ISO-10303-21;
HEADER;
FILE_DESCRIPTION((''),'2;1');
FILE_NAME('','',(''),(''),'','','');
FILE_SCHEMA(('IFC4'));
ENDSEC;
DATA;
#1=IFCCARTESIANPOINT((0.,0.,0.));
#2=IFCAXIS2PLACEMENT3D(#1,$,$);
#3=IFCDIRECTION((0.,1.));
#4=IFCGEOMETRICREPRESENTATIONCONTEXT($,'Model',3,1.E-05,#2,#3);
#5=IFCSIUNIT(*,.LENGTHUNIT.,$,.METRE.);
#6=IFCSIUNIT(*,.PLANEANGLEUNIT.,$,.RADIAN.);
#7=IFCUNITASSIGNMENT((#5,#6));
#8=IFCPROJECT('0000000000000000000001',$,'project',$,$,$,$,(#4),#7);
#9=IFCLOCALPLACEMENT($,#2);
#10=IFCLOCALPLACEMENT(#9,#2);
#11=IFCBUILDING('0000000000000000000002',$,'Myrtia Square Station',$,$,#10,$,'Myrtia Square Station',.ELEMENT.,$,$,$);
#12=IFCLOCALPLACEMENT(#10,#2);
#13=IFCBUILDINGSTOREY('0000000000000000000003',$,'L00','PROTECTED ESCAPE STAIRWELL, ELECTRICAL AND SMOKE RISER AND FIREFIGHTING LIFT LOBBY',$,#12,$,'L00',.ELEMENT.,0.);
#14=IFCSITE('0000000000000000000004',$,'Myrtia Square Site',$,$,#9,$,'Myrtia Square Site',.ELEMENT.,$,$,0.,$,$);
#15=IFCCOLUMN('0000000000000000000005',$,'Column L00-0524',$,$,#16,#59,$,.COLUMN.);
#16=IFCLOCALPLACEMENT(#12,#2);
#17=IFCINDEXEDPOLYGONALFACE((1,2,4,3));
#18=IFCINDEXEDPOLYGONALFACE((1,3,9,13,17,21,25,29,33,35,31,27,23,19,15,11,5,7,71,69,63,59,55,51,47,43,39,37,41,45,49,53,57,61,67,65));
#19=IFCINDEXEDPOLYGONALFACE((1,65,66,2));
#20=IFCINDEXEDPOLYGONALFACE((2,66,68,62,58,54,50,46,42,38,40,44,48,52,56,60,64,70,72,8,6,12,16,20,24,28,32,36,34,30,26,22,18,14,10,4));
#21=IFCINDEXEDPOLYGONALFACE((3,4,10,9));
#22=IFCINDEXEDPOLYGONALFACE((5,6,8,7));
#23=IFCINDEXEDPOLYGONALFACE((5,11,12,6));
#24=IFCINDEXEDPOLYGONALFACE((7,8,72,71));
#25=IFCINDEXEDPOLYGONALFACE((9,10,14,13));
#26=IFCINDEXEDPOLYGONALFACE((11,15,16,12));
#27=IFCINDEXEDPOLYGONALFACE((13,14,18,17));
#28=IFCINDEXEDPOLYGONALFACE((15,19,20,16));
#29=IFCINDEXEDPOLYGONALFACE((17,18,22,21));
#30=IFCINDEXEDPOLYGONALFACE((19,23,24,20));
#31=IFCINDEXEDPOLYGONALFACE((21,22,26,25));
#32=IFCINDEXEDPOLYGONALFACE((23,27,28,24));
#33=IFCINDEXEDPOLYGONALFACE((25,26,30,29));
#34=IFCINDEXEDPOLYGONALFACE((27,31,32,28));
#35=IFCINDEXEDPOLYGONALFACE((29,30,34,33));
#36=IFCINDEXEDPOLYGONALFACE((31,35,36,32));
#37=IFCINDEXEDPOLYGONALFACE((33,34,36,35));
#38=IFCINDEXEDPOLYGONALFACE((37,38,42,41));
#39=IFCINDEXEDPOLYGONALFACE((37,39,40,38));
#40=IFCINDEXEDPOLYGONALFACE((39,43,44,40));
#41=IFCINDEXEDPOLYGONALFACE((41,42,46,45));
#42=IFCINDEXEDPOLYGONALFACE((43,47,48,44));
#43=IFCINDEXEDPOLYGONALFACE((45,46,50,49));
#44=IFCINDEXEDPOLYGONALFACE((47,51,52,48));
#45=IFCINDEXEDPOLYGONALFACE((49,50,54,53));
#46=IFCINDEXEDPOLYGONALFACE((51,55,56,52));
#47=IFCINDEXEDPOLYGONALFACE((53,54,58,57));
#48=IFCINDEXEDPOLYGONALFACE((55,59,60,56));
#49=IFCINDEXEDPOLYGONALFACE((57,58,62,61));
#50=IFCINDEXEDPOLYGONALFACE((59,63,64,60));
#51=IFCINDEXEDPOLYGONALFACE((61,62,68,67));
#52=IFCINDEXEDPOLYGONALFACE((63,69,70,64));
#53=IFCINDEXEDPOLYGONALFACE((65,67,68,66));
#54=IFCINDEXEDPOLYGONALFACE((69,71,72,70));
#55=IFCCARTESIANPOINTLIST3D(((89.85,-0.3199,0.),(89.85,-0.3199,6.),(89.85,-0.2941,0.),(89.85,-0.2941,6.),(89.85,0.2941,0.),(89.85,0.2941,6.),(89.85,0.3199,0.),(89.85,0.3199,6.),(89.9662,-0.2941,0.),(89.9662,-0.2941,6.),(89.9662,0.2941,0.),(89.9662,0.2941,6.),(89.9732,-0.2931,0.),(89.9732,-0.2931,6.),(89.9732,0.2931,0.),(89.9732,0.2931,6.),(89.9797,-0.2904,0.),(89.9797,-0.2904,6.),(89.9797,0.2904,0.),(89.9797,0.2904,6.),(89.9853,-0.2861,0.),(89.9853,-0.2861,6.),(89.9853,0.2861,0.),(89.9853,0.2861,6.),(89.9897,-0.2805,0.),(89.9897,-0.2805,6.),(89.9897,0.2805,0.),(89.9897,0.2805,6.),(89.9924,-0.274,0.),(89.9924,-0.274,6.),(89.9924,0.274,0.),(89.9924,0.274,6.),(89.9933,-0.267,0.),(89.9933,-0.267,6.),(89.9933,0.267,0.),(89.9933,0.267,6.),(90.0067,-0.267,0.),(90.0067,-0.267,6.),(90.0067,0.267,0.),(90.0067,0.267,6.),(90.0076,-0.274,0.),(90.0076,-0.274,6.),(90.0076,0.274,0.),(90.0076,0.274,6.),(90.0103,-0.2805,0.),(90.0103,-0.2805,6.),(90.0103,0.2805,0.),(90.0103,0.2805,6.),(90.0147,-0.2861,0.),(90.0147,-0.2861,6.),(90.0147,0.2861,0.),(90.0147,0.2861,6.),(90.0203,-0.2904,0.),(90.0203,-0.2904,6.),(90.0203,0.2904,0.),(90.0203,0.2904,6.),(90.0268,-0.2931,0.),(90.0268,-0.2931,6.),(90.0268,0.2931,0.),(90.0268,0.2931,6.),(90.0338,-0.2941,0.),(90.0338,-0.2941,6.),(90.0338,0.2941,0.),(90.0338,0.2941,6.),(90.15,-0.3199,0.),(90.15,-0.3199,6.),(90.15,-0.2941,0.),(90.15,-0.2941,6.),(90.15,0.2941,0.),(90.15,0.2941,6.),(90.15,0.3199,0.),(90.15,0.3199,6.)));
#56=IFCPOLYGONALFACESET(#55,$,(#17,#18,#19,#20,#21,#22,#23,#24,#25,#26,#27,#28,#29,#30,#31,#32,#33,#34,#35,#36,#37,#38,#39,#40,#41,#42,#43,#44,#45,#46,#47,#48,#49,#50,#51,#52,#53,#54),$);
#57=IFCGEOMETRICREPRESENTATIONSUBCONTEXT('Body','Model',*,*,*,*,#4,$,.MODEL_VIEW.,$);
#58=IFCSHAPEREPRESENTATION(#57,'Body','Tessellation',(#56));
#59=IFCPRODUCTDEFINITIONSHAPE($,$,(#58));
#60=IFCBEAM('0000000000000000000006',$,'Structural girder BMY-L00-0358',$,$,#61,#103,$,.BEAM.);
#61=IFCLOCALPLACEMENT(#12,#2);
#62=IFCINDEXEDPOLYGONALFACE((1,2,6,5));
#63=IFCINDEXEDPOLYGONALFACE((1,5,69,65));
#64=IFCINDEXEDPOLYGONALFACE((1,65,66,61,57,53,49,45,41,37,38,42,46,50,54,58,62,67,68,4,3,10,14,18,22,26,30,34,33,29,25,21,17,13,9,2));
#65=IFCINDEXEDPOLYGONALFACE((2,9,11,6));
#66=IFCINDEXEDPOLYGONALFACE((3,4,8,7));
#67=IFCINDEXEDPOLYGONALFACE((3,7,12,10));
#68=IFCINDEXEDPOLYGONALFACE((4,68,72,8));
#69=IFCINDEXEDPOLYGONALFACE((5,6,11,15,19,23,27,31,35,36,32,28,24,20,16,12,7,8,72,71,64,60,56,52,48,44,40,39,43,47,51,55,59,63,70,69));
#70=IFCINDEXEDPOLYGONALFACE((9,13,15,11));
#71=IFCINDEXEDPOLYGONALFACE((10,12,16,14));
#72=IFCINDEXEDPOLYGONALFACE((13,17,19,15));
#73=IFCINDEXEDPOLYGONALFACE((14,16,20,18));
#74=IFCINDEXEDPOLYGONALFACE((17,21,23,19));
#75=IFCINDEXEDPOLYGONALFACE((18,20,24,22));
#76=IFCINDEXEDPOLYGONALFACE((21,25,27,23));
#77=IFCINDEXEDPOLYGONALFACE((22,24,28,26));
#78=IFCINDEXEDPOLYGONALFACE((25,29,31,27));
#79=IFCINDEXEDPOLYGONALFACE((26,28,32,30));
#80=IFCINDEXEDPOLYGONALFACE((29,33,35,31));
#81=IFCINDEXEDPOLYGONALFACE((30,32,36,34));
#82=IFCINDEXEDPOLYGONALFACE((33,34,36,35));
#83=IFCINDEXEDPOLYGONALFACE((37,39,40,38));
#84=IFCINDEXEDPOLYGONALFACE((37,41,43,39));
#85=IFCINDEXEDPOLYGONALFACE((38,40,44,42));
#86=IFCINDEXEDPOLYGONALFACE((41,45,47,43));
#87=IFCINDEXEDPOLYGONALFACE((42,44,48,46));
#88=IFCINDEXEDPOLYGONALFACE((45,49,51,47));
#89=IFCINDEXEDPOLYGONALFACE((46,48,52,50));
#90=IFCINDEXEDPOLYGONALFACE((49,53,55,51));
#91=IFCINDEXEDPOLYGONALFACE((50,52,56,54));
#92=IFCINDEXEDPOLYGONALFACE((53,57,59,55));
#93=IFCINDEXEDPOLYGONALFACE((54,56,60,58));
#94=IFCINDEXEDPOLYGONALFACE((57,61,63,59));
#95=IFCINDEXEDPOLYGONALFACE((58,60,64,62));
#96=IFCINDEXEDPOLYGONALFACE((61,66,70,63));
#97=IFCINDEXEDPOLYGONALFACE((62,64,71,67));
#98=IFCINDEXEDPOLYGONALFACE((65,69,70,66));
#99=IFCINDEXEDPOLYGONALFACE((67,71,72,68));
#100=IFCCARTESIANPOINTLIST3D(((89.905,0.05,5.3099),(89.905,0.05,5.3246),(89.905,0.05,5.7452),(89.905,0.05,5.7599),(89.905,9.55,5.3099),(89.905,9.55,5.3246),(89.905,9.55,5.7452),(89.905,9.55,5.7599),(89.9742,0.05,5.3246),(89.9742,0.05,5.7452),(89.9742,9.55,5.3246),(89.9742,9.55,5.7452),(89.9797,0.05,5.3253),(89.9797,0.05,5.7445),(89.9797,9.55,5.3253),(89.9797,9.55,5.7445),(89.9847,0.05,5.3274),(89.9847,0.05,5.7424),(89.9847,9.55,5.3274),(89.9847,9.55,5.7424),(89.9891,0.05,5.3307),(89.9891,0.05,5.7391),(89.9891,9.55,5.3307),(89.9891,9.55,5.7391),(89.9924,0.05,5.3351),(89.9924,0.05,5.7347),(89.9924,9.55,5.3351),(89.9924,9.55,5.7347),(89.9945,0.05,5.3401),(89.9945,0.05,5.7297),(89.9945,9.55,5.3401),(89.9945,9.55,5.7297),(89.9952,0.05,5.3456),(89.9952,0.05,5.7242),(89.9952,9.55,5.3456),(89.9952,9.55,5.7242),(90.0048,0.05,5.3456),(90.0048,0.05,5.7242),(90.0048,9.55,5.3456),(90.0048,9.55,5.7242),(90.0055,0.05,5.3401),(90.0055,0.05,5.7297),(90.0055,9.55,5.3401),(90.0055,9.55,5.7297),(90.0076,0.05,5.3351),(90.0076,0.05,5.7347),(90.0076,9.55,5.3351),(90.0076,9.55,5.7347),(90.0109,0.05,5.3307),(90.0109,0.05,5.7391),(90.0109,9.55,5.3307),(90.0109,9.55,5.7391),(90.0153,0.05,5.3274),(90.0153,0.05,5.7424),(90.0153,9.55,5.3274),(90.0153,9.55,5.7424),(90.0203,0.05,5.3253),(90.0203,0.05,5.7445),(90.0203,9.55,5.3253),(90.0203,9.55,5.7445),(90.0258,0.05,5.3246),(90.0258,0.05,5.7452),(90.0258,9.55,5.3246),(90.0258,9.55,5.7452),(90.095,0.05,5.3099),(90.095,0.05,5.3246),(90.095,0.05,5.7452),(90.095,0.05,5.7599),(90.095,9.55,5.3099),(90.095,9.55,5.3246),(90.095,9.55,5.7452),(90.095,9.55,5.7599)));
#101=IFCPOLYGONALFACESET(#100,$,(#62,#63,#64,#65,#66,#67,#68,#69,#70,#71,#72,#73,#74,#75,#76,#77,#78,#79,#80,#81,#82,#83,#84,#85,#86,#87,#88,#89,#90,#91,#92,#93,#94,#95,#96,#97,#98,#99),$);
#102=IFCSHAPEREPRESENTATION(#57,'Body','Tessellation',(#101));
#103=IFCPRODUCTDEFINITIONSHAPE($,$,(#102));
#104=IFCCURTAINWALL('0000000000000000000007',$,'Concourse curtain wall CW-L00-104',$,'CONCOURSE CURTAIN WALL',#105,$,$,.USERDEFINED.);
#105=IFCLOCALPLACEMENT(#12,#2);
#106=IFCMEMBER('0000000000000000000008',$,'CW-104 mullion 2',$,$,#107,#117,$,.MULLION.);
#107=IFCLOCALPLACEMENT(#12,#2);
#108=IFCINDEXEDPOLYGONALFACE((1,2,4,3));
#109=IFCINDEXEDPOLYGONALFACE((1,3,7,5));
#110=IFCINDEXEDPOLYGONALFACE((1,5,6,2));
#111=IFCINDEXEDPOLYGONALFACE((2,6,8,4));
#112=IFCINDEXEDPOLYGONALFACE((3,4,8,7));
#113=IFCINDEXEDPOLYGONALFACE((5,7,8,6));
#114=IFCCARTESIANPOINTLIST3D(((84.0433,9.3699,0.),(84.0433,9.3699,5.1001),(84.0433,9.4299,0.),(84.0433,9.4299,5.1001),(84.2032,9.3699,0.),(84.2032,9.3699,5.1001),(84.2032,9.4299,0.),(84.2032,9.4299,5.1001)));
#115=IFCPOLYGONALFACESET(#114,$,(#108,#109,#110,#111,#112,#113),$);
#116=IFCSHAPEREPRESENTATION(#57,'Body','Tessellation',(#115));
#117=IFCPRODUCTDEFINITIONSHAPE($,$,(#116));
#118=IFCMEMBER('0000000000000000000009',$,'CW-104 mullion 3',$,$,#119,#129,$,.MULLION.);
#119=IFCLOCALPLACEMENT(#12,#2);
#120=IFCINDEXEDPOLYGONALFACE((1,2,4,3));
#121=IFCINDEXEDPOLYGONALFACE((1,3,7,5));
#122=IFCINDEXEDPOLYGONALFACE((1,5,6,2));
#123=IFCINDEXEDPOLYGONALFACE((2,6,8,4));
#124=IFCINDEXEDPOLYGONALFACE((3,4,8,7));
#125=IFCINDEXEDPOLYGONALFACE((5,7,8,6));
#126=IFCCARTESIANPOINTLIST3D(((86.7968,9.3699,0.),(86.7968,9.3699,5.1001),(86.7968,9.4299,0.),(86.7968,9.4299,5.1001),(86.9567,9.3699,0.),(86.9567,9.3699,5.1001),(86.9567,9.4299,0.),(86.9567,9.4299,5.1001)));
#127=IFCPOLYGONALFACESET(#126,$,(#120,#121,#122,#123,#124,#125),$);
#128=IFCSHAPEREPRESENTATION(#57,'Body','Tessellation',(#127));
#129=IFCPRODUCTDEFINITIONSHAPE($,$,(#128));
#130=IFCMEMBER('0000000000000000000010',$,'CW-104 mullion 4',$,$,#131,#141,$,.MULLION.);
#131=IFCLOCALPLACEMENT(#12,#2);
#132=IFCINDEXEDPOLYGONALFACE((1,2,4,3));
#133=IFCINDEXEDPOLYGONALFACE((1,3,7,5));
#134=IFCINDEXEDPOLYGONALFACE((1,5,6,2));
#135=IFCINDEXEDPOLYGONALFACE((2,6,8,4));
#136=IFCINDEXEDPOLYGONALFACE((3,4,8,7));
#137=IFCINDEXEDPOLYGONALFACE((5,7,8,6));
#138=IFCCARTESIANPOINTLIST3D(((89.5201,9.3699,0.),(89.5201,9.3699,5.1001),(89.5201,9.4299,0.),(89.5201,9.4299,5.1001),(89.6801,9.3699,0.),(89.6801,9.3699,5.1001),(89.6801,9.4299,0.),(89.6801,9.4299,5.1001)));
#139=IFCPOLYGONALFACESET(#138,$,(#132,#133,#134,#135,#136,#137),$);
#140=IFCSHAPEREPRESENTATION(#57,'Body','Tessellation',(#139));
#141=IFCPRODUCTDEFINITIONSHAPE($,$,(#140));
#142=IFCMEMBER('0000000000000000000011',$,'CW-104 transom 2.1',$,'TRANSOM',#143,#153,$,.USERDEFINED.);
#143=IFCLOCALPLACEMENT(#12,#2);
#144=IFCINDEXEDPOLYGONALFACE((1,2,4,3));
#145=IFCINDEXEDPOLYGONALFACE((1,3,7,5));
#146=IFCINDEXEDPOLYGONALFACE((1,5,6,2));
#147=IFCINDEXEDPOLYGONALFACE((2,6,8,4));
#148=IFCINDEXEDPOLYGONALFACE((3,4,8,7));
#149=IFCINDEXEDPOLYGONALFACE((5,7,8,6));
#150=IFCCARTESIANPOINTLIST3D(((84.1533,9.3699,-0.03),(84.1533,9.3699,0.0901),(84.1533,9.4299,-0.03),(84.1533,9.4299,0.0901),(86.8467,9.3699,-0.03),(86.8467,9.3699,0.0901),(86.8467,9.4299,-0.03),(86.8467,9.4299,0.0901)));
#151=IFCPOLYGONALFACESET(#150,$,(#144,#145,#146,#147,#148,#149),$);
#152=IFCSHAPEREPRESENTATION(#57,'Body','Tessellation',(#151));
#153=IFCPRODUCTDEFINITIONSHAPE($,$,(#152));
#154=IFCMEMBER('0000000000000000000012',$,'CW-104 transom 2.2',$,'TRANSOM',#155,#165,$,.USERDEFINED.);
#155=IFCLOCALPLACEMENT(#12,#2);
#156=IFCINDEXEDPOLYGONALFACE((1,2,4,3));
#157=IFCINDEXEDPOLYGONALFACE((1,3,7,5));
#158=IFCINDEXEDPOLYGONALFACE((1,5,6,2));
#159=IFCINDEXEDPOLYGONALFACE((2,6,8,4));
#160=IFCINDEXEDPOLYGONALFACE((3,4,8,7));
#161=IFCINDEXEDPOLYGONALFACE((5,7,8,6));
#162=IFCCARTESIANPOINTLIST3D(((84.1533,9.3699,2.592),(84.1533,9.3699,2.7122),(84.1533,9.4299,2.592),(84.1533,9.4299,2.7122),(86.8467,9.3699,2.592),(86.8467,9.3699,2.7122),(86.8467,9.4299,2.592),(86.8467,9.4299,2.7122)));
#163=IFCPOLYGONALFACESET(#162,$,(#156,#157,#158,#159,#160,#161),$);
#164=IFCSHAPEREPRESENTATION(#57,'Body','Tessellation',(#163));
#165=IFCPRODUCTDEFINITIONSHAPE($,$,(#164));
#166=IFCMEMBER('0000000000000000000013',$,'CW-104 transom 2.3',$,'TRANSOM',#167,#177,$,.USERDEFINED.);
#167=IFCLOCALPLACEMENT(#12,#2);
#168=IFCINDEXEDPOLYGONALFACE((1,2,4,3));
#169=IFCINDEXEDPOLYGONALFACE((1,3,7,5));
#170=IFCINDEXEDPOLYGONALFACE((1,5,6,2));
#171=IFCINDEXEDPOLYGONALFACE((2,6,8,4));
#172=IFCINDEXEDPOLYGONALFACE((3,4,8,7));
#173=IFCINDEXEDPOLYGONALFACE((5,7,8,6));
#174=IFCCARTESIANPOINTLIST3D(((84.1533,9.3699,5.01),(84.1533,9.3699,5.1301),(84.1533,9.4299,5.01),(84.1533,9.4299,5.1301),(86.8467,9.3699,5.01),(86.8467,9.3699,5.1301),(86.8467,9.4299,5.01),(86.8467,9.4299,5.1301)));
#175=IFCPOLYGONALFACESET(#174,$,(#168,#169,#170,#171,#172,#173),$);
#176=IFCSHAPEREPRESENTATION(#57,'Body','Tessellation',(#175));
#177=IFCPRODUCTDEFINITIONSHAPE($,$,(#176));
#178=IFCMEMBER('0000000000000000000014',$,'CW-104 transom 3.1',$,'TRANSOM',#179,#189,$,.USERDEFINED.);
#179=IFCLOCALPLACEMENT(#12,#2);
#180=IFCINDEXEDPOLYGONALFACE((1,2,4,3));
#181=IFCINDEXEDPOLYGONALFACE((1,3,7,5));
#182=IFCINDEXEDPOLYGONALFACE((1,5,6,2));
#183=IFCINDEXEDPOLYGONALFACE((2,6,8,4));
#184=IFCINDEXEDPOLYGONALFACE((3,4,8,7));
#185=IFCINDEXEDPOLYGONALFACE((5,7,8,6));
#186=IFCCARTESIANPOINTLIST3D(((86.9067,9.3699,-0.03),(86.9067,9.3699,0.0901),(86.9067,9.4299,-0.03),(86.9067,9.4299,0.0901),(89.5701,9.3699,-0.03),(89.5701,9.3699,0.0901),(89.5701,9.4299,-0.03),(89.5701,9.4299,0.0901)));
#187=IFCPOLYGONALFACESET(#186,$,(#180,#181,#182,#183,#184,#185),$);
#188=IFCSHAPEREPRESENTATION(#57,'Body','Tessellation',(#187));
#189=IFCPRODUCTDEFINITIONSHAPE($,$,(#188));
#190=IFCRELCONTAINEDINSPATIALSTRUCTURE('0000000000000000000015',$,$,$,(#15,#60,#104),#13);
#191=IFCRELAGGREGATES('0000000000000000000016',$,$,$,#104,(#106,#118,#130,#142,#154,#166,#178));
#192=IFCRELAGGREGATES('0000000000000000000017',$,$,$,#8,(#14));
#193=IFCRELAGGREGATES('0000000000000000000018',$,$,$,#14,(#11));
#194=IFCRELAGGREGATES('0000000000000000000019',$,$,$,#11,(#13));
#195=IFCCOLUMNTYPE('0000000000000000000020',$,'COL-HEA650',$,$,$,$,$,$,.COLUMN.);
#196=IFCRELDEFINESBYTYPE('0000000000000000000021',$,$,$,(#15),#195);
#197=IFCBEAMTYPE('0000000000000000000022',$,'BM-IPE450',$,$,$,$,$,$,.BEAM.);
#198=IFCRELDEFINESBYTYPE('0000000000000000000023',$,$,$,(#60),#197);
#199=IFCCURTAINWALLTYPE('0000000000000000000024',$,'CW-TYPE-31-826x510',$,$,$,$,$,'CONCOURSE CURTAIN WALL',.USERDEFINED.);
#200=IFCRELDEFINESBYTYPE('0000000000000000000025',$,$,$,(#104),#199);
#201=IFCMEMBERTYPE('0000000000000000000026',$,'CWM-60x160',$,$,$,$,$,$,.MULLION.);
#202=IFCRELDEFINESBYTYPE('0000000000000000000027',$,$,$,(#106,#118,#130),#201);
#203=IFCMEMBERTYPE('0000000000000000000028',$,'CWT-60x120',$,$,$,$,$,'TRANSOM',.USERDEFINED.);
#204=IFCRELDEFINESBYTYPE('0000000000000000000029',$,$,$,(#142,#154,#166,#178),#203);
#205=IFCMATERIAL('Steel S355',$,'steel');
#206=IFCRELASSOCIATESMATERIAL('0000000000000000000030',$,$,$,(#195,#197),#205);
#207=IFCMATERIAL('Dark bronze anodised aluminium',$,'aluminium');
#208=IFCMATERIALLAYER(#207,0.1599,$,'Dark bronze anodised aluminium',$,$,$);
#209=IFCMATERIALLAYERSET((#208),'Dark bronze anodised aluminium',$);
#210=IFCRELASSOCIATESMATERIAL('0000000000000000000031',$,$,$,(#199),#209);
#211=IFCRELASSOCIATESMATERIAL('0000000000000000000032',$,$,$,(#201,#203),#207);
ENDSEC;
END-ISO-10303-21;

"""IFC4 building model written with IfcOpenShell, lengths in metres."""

from ifc_helpers import new_model, si_unit, direction, frame, origin, origin_2d, place, context, subcontext, project, spatial, rectangle, i_section, extrude, material, layer, layer_set, material_profile, profile_set, type_object, element, aggregate, save


model = new_model("IFC4")

# Units and contexts
model_context = context("Model", 3, precision=1e-05, world=origin(), true_north=direction((0.0, 1.0)))
body_context = subcontext(model_context, "Body", "Model", "MODEL_VIEW")
ifc_project = project(units=[si_unit("LENGTHUNIT", "METRE"), si_unit("PLANEANGLEUNIT", "RADIAN")], contexts=[model_context])

# Site, building, storey
site_placement = place(None, origin())
site = spatial("IfcSite", under=ifc_project, at=site_placement, Name="Myrtia Square Site", LongName="Myrtia Square Site", CompositionType="ELEMENT", RefElevation=0.0)
building_placement = place(site_placement, origin())
building = spatial("IfcBuilding", under=site, at=building_placement, Name="Myrtia Square Station", LongName="Myrtia Square Station", CompositionType="ELEMENT")
storey_placement = place(building_placement, origin())
storey = spatial("IfcBuildingStorey", under=building, at=storey_placement, Name="L00", Description="PROTECTED ESCAPE STAIRWELL, ELECTRICAL AND SMOKE RISER AND FIREFIGHTING LIFT LOBBY", LongName="L00", CompositionType="ELEMENT", Elevation=0.0)

# Column
ifc_material_1 = material(Name="Steel S355", Category="steel")
ifc_material_profile_1 = material_profile(ifc_material_1, i_section(OverallWidth=0.3, OverallDepth=0.6399, WebThickness=0.0134, FlangeThickness=0.0259, FilletRadius=0.0271, at=origin_2d()), Name="HEA 650")
ifc_profile_set_1 = profile_set([ifc_material_profile_1], Name="Steel S355")
column_type = type_object("IfcColumnType", Name="COL-HEA650", PredefinedType="COLUMN", material=ifc_profile_set_1)
column_placement = place(storey_placement, frame((90.0, 0.0, 0.0), z_axis=(0.0, 0.0, 1.0), x_axis=(1.0, 0.0, 0.0)))
element("IfcColumn", 1, at=column_placement, inside=storey, type_object=column_type, Name="Column L00-0524", PredefinedType="COLUMN", context=body_context, shape_type="SweptSolid", body=[
    extrude(i_section(OverallWidth=0.3, OverallDepth=0.6399, WebThickness=0.0134, FlangeThickness=0.0259, FilletRadius=0.0271, at=origin_2d()), origin(), (0.0, 0.0, 1.0), 6.0),
])

# Beam
ifc_material_profile_2 = material_profile(ifc_material_1, i_section(OverallWidth=0.1899, OverallDepth=0.45, WebThickness=0.0095, FlangeThickness=0.0146, FilletRadius=0.021, at=origin_2d()), Name="IPE 450")
ifc_profile_set_2 = profile_set([ifc_material_profile_2], Name="Steel S355")
beam_type_1 = type_object("IfcBeamType", Name="BM-IPE450", PredefinedType="BEAM", material=ifc_profile_set_2)
beam_1_placement = place(storey_placement, frame((90.0, 0.05, 5.5349), z_axis=(0.0, 1.0, 0.0), x_axis=(-1.0, 0.0, 0.0)))
element("IfcBeam", 2, at=beam_1_placement, inside=storey, type_object=beam_type_1, Name="Structural girder BMY-L00-0358", PredefinedType="BEAM", context=body_context, shape_type="SweptSolid", body=[
    extrude(i_section(OverallWidth=0.1899, OverallDepth=0.45, WebThickness=0.0095, FlangeThickness=0.0146, FilletRadius=0.021, at=origin_2d()), origin(), (0.0, 0.0, 1.0), 9.5),
])

# Curtain wall, members
ifc_material_2 = material(Name="Dark bronze anodised aluminium", Category="aluminium")
ifc_layer_1 = layer(ifc_material_2, 0.1599, Name="Dark bronze anodised aluminium")
ifc_layer_set_1 = layer_set([ifc_layer_1], Name="Dark bronze anodised aluminium")
curtain_wall_type = type_object("IfcCurtainWallType", Name="CW-TYPE-31-826x510", ElementType="CONCOURSE CURTAIN WALL", PredefinedType="USERDEFINED", material=ifc_layer_set_1)
curtain_wall_placement = place(storey_placement, origin())
curtain_wall = element("IfcCurtainWall", 3, at=curtain_wall_placement, inside=storey, type_object=curtain_wall_type, Name="Concourse curtain wall CW-L00-104", ObjectType="CONCOURSE CURTAIN WALL", PredefinedType="USERDEFINED")
ifc_material_profile_3 = material_profile(ifc_material_2, rectangle(XDim=0.0601, YDim=0.1599, at=origin_2d()), Name="ALU-M 60x160")
ifc_profile_set_3 = profile_set([ifc_material_profile_3], Name="Dark bronze anodised aluminium")
member_type_1 = type_object("IfcMemberType", Name="CWM-60x160", PredefinedType="MULLION", material=ifc_profile_set_3)
member_1_placement = place(storey_placement, frame((84.1233, 9.3999, 0.0), z_axis=(0.0, 0.0, 1.0), x_axis=(0.0, 1.0, 0.0)))
member_1 = element("IfcMember", 4, at=member_1_placement, type_object=member_type_1, Name="CW-104 mullion 2", PredefinedType="MULLION", context=body_context, shape_type="SweptSolid", body=[
    extrude(rectangle(XDim=0.0601, YDim=0.1599, at=origin_2d()), origin(), (0.0, 0.0, 1.0), 5.1001),
])
member_2_placement = place(storey_placement, frame((86.8767, 9.3999, 0.0), z_axis=(0.0, 0.0, 1.0), x_axis=(0.0, 1.0, 0.0)))
member_2 = element("IfcMember", 5, at=member_2_placement, type_object=member_type_1, Name="CW-104 mullion 3", PredefinedType="MULLION", context=body_context, shape_type="SweptSolid", body=[
    extrude(rectangle(XDim=0.0601, YDim=0.1599, at=origin_2d()), origin(), (0.0, 0.0, 1.0), 5.1001),
])
member_3_placement = place(storey_placement, frame((89.6001, 9.3999, 0.0), z_axis=(0.0, 0.0, 1.0), x_axis=(0.0, 1.0, 0.0)))
member_3 = element("IfcMember", 6, at=member_3_placement, type_object=member_type_1, Name="CW-104 mullion 4", PredefinedType="MULLION", context=body_context, shape_type="SweptSolid", body=[
    extrude(rectangle(XDim=0.0601, YDim=0.1599, at=origin_2d()), origin(), (0.0, 0.0, 1.0), 5.1001),
])
ifc_material_profile_4 = material_profile(ifc_material_2, rectangle(XDim=0.0601, YDim=0.1201, at=origin_2d()), Name="ALU-T 60x120")
ifc_profile_set_4 = profile_set([ifc_material_profile_4], Name="Dark bronze anodised aluminium")
member_type_2 = type_object("IfcMemberType", Name="CWT-60x120", ElementType="TRANSOM", PredefinedType="USERDEFINED", material=ifc_profile_set_4)
member_4_placement = place(storey_placement, frame((84.1533, 9.3999, 0.03), z_axis=(1.0, 0.0, 0.0), x_axis=(0.0, 1.0, 0.0)))
member_4 = element("IfcMember", 7, at=member_4_placement, type_object=member_type_2, Name="CW-104 transom 2.1", ObjectType="TRANSOM", PredefinedType="USERDEFINED", context=body_context, shape_type="SweptSolid", body=[
    extrude(rectangle(XDim=0.0601, YDim=0.1201, at=origin_2d()), origin(), (0.0, 0.0, 1.0), 2.6934),
])
member_5_placement = place(storey_placement, frame((84.1533, 9.3999, 2.6521), z_axis=(1.0, 0.0, 0.0), x_axis=(0.0, 1.0, 0.0)))
member_5 = element("IfcMember", 8, at=member_5_placement, type_object=member_type_2, Name="CW-104 transom 2.2", ObjectType="TRANSOM", PredefinedType="USERDEFINED", context=body_context, shape_type="SweptSolid", body=[
    extrude(rectangle(XDim=0.0601, YDim=0.1201, at=origin_2d()), origin(), (0.0, 0.0, 1.0), 2.6934),
])
member_6_placement = place(storey_placement, frame((84.1533, 9.3999, 5.0701), z_axis=(1.0, 0.0, 0.0), x_axis=(0.0, 1.0, 0.0)))
member_6 = element("IfcMember", 9, at=member_6_placement, type_object=member_type_2, Name="CW-104 transom 2.3", ObjectType="TRANSOM", PredefinedType="USERDEFINED", context=body_context, shape_type="SweptSolid", body=[
    extrude(rectangle(XDim=0.0601, YDim=0.1201, at=origin_2d()), origin(), (0.0, 0.0, 1.0), 2.6934),
])
member_7_placement = place(storey_placement, frame((86.9067, 9.3999, 0.03), z_axis=(1.0, 0.0, 0.0), x_axis=(0.0, 1.0, 0.0)))
member_7 = element("IfcMember", 10, at=member_7_placement, type_object=member_type_2, Name="CW-104 transom 3.1", ObjectType="TRANSOM", PredefinedType="USERDEFINED", context=body_context, shape_type="SweptSolid", body=[
    extrude(rectangle(XDim=0.0601, YDim=0.1201, at=origin_2d()), origin(), (0.0, 0.0, 1.0), 2.6633),
])

aggregate(curtain_wall, [member_1, member_2, member_3, member_4, member_5, member_6, member_7])

save(model, "model.ifc")
